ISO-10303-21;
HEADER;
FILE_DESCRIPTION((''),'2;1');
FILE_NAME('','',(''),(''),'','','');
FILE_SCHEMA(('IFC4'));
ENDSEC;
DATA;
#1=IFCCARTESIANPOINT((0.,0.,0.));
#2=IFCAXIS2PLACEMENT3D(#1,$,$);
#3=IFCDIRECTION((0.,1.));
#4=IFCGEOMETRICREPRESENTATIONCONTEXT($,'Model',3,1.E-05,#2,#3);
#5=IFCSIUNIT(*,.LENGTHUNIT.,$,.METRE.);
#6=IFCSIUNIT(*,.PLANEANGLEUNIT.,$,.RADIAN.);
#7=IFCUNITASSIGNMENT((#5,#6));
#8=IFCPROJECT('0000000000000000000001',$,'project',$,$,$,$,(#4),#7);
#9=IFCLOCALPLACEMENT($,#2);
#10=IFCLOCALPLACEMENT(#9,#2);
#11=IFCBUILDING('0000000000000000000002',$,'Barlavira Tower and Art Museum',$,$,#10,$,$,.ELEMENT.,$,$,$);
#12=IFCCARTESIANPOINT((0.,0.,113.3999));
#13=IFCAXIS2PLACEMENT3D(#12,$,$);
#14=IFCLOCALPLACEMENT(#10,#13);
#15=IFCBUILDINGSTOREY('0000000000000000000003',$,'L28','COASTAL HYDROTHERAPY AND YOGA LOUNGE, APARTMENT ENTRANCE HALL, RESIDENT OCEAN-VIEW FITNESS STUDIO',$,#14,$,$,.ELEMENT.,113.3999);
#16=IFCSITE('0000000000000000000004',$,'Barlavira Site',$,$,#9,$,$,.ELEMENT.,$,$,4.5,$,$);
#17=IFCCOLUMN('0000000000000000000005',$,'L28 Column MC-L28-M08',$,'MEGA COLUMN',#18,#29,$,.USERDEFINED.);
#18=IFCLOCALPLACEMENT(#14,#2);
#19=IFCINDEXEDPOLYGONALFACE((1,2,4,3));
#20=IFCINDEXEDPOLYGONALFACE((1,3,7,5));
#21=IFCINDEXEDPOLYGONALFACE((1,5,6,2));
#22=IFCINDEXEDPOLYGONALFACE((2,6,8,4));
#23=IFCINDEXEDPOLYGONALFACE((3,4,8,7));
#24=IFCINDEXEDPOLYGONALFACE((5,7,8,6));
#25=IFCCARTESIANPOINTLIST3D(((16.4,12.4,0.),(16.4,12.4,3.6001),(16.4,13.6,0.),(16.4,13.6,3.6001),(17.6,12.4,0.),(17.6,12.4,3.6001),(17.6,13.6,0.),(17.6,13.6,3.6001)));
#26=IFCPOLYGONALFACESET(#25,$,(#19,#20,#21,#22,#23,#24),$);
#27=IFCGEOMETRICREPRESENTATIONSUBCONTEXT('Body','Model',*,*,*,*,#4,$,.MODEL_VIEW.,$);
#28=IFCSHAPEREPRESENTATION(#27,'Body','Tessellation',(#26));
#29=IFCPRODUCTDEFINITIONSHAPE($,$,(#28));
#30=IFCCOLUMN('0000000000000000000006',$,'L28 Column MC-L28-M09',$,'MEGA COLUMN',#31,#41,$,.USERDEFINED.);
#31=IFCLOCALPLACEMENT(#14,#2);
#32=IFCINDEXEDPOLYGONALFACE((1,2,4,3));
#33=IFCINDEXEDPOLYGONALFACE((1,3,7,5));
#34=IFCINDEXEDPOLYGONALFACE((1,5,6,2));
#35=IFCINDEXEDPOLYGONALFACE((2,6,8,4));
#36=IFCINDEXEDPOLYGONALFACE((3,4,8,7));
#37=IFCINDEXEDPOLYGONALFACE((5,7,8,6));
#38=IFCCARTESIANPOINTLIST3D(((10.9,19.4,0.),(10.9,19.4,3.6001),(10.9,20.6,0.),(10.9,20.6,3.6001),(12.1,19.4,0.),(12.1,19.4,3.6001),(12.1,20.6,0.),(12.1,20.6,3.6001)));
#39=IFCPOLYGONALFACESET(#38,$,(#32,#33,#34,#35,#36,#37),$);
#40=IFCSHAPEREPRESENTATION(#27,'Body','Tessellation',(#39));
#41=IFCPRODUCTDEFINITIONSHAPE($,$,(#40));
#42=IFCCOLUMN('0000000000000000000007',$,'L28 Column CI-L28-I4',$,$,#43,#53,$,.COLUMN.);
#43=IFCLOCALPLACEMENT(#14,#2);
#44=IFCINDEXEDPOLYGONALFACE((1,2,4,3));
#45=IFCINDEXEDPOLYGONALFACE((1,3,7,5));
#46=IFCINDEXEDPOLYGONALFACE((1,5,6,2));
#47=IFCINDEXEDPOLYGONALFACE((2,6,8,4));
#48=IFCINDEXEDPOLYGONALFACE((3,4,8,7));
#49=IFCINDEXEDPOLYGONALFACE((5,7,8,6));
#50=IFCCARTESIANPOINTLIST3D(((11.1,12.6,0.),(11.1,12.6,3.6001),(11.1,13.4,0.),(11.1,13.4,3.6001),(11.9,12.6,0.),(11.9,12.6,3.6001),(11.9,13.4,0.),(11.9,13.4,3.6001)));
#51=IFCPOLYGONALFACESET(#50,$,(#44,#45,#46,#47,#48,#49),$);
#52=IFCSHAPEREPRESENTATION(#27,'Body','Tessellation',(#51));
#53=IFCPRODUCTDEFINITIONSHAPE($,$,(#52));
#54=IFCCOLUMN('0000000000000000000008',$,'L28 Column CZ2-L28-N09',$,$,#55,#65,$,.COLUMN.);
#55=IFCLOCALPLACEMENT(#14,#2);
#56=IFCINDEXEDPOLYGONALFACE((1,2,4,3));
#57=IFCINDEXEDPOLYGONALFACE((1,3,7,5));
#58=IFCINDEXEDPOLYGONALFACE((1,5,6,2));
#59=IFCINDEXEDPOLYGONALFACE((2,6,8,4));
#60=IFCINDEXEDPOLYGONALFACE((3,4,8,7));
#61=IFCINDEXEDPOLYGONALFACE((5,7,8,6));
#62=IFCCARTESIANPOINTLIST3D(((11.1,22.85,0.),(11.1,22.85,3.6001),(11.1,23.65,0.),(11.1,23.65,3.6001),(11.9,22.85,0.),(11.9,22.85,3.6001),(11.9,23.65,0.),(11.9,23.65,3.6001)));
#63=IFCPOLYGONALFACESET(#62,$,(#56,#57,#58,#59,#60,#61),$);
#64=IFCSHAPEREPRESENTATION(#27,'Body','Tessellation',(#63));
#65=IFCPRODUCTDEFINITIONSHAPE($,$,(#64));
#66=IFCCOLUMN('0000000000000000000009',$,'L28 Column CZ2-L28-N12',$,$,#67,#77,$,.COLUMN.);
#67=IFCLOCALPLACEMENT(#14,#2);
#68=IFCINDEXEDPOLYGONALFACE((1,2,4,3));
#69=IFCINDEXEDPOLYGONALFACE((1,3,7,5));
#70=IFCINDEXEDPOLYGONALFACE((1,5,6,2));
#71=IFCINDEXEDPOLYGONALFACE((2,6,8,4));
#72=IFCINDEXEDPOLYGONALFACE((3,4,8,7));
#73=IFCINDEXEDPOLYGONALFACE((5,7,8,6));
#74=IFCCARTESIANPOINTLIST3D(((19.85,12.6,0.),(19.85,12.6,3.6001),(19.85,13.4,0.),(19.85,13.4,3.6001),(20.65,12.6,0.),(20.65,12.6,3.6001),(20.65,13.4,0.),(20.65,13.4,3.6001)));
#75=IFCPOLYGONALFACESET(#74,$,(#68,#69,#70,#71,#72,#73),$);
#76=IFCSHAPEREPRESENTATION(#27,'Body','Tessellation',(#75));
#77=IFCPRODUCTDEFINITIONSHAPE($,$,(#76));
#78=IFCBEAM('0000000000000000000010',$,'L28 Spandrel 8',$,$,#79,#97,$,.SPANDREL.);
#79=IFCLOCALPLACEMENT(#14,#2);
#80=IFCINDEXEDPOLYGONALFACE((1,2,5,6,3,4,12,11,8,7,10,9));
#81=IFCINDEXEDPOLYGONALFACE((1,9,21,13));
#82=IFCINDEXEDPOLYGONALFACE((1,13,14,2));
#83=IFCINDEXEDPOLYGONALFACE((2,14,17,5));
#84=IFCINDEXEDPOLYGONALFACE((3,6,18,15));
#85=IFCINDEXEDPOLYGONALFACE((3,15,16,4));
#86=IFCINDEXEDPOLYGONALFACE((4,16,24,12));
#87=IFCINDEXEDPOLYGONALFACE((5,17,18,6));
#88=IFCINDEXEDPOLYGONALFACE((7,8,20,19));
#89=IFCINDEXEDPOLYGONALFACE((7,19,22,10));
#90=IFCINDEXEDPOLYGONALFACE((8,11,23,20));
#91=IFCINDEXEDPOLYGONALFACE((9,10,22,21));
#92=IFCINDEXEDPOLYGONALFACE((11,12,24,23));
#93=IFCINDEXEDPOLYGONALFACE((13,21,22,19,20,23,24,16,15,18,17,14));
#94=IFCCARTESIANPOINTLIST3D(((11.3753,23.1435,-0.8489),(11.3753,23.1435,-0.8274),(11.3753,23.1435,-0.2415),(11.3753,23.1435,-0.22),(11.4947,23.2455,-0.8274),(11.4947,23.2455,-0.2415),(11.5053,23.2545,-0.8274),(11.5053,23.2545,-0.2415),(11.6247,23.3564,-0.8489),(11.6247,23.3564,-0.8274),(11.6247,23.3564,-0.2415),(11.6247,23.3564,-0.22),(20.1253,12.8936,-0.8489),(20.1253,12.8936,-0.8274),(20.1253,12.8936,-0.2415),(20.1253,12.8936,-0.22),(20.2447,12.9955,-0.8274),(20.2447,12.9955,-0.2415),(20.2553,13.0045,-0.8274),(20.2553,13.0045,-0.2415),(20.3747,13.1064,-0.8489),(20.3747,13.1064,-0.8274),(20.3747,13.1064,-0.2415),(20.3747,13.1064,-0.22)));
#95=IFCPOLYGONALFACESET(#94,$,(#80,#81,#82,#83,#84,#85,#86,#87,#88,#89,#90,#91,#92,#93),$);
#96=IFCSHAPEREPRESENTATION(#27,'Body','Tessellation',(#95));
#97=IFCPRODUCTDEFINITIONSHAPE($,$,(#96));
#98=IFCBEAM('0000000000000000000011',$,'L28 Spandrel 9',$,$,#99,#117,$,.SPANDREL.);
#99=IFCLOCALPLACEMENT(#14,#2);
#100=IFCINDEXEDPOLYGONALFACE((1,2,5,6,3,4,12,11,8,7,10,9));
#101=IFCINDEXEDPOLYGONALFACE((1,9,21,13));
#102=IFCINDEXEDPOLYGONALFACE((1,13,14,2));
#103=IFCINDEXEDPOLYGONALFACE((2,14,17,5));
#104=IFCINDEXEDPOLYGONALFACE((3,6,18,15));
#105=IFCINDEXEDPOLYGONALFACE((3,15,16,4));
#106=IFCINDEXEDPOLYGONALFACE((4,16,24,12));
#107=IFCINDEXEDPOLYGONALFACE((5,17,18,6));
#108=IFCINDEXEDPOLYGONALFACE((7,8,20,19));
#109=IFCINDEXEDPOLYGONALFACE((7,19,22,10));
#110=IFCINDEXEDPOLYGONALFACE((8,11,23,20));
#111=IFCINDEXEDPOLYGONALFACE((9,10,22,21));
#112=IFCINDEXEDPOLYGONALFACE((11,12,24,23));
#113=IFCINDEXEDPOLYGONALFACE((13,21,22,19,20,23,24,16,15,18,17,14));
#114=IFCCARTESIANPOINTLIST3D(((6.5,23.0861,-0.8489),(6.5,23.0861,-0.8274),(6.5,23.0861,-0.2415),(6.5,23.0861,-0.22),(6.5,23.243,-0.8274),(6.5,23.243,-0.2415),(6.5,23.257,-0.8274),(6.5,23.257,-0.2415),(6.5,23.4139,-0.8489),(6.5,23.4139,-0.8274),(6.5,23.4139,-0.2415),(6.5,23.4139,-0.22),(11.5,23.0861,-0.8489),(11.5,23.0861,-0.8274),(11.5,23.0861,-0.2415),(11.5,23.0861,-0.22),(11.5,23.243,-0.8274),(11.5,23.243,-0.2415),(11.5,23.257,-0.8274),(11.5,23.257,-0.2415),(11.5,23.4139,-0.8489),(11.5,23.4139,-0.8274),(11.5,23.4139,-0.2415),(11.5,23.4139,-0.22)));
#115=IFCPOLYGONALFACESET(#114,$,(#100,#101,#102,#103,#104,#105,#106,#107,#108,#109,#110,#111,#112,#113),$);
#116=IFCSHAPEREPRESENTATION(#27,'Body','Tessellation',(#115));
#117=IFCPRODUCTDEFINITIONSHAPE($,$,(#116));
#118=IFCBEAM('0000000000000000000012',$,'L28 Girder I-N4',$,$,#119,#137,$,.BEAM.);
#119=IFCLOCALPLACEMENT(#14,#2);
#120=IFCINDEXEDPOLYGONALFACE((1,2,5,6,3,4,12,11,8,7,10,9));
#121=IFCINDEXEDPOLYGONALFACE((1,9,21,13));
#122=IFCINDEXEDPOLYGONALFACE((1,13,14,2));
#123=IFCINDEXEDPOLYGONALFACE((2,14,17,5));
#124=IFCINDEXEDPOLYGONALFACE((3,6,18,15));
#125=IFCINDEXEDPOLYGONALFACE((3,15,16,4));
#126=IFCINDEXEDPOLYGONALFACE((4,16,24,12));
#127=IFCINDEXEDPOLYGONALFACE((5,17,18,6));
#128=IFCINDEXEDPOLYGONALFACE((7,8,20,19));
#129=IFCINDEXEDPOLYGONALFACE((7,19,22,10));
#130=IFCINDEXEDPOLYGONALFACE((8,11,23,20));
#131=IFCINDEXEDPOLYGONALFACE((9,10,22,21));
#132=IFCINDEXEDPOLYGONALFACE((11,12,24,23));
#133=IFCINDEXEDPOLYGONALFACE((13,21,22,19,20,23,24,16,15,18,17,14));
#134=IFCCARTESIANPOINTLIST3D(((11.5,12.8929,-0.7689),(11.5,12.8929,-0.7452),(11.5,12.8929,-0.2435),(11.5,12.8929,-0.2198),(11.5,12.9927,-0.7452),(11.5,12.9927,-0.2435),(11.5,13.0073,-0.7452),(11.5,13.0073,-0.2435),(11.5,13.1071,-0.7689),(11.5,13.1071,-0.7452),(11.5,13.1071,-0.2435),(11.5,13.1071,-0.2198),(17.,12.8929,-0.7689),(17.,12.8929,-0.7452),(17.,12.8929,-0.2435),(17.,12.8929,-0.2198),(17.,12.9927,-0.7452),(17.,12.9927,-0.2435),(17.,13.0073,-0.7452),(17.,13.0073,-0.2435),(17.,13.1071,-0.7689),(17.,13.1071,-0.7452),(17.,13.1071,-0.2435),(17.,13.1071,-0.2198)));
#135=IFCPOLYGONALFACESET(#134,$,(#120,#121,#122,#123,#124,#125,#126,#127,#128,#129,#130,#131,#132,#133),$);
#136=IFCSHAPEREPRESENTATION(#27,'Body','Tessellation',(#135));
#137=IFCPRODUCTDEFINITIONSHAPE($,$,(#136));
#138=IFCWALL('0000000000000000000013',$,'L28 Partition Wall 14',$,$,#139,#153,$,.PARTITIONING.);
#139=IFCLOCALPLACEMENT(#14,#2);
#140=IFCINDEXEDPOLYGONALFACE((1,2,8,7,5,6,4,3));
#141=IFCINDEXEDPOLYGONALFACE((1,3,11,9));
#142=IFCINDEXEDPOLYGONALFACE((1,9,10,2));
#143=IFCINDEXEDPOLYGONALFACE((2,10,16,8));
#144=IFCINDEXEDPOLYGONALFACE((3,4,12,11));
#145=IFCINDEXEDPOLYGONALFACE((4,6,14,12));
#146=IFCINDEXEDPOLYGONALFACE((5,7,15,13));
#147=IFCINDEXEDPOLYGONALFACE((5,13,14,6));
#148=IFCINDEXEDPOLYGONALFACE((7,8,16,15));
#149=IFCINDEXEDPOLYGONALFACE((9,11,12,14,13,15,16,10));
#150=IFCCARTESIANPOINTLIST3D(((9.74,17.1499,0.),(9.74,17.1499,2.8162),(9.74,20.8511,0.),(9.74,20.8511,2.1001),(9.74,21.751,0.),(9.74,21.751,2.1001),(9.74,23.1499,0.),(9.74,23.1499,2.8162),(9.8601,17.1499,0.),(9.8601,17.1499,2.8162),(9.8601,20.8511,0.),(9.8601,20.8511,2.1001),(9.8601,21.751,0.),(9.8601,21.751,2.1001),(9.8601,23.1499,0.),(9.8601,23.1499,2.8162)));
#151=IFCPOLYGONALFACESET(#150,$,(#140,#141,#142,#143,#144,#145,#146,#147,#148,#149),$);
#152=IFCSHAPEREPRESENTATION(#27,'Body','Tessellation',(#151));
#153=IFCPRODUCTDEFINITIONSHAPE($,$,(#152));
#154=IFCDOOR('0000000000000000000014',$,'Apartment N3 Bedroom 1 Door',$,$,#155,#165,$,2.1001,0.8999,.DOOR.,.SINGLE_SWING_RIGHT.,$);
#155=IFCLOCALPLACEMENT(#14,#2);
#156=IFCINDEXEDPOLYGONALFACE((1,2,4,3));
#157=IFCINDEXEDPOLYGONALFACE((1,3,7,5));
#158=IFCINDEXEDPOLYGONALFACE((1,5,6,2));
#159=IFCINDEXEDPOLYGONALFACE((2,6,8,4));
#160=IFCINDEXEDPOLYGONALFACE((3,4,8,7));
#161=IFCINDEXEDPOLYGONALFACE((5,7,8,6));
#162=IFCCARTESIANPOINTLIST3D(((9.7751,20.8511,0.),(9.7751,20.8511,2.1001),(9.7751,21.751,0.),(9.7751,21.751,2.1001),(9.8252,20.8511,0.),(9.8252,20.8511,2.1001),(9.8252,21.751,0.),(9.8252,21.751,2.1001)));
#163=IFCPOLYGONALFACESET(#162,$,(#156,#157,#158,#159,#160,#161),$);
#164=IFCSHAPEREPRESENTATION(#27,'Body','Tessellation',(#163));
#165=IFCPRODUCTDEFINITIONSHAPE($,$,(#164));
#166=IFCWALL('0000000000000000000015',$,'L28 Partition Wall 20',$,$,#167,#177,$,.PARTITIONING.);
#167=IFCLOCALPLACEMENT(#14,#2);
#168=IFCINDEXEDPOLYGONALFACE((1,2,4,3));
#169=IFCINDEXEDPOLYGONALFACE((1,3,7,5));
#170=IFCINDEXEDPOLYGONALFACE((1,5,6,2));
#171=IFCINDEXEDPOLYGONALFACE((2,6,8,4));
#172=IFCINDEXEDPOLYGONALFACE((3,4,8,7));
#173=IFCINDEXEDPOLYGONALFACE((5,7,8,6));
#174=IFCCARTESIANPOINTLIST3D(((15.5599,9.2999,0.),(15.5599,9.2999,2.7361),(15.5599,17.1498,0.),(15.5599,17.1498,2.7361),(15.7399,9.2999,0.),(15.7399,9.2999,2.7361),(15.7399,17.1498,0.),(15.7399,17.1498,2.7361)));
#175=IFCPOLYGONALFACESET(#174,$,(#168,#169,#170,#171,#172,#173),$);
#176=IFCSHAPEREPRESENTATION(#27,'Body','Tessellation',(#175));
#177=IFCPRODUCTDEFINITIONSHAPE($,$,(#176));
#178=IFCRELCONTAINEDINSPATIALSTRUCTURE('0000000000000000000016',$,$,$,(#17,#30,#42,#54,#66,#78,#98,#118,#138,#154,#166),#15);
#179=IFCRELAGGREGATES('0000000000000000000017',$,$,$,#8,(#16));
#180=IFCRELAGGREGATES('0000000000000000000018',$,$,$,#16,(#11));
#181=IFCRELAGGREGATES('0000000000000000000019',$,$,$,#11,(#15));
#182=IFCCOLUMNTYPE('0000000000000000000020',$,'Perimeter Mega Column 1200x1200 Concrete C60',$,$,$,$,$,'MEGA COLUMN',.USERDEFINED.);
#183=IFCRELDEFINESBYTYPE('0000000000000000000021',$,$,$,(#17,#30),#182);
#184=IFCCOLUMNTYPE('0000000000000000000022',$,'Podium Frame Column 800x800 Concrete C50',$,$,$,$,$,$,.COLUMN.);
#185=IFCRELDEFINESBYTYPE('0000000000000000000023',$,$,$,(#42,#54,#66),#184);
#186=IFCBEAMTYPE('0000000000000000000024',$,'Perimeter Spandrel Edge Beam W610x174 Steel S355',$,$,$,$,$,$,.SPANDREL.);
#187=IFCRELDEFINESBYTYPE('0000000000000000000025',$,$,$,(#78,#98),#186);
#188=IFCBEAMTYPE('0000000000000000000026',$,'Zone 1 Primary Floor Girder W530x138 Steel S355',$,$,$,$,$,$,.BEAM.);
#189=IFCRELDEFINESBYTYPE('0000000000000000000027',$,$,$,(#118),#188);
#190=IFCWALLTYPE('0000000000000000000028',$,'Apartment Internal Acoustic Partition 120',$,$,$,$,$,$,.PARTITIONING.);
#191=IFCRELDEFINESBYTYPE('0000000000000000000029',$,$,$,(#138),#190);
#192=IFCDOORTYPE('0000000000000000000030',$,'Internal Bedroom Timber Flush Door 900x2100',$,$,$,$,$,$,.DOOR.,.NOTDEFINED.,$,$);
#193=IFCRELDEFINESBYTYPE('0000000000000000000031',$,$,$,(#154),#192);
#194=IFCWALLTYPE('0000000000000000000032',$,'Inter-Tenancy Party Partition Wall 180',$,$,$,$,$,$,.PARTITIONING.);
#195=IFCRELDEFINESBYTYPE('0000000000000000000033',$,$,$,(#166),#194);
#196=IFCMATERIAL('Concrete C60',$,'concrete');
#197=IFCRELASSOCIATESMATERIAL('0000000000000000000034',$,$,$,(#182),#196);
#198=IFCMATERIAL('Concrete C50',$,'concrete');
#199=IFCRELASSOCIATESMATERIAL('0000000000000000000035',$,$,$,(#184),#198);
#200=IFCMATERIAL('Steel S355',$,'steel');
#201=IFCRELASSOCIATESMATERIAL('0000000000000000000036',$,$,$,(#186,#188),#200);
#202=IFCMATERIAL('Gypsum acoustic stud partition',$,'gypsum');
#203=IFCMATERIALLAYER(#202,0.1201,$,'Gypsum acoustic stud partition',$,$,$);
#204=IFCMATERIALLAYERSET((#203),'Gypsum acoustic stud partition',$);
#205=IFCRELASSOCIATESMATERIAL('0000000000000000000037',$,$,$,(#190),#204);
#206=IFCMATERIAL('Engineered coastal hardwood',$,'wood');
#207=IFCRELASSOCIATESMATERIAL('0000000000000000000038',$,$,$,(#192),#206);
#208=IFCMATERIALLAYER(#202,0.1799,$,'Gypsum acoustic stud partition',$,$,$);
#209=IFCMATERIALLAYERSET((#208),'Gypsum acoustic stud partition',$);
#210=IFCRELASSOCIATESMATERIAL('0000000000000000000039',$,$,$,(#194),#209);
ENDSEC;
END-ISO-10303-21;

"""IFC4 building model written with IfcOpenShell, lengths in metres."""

from ifc_helpers import new_model, si_unit, direction, frame, frame_2d, origin, origin_2d, place, context, subcontext, project, spatial, rectangle, i_section, extrude, material, layer, layer_set, material_profile, profile_set, type_object, element, fill, save


model = new_model("IFC4")

# Units and contexts
model_context = context("Model", 3, precision=1e-05, world=origin(), true_north=direction((0.0, 1.0)))
body_context = subcontext(model_context, "Body", "Model", "MODEL_VIEW")
ifc_project = project(units=[si_unit("LENGTHUNIT", "METRE"), si_unit("PLANEANGLEUNIT", "RADIAN")], contexts=[model_context])

# Site, building, storey
site_placement = place(None, origin())
site = spatial("IfcSite", under=ifc_project, at=site_placement, Name="Barlavira Site", CompositionType="ELEMENT", RefElevation=4.5)
building_placement = place(site_placement, origin())
building = spatial("IfcBuilding", under=site, at=building_placement, Name="Barlavira Tower and Art Museum", CompositionType="ELEMENT")
storey_placement = place(building_placement, frame((0.0, 0.0, 113.3999)))
storey = spatial("IfcBuildingStorey", under=building, at=storey_placement, Name="L28", Description="COASTAL HYDROTHERAPY AND YOGA LOUNGE, APARTMENT ENTRANCE HALL, RESIDENT OCEAN-VIEW FITNESS STUDIO", CompositionType="ELEMENT", Elevation=113.3999)

# Columns
ifc_material_1 = material(Name="Concrete C60", Category="concrete")
ifc_material_profile_1 = material_profile(ifc_material_1, rectangle(XDim=1.2, YDim=1.2, at=origin_2d()), Name="RC-COL 1200x1200")
ifc_profile_set_1 = profile_set([ifc_material_profile_1], Name="Concrete C60")
column_type_1 = type_object("IfcColumnType", Name="Perimeter Mega Column 1200x1200 Concrete C60", ElementType="MEGA COLUMN", PredefinedType="USERDEFINED", material=ifc_profile_set_1)
for number, where, z_axis, x_axis, name in (
    (1, (17.0, 13.0, 0.0), (0.0, 0.0, 1.0), (1.0, 0.0, 0.0), "L28 Column MC-L28-M08"),
    (2, (11.5, 20.0, 0.0), (0.0, 0.0, 1.0), (1.0, 0.0, 0.0), "L28 Column MC-L28-M09"),
):
    element("IfcColumn", number, at=place(storey_placement, frame(where, z_axis=z_axis, x_axis=x_axis)), inside=storey, type_object=column_type_1, Name=name, ObjectType="MEGA COLUMN", PredefinedType="USERDEFINED", context=body_context, shape_type="SweptSolid", body=[
        extrude(rectangle(XDim=1.2, YDim=1.2, at=origin_2d()), origin(), (0.0, 0.0, 1.0), 3.6001),
    ])
ifc_material_2 = material(Name="Concrete C50", Category="concrete")
ifc_material_profile_2 = material_profile(ifc_material_2, rectangle(XDim=0.8, YDim=0.8, at=origin_2d()), Name="RC-COL 800x800")
ifc_profile_set_2 = profile_set([ifc_material_profile_2], Name="Concrete C50")
column_type_2 = type_object("IfcColumnType", Name="Podium Frame Column 800x800 Concrete C50", PredefinedType="COLUMN", material=ifc_profile_set_2)
for number, where, z_axis, x_axis, name in (
    (3, (11.5, 13.0, 0.0), (0.0, 0.0, 1.0), (1.0, 0.0, 0.0), "L28 Column CI-L28-I4"),
    (4, (11.5, 23.25, 0.0), (0.0, 0.0, 1.0), (1.0, 0.0, 0.0), "L28 Column CZ2-L28-N09"),
    (5, (20.25, 13.0, 0.0), (0.0, 0.0, 1.0), (1.0, 0.0, 0.0), "L28 Column CZ2-L28-N12"),
):
    element("IfcColumn", number, at=place(storey_placement, frame(where, z_axis=z_axis, x_axis=x_axis)), inside=storey, type_object=column_type_2, Name=name, PredefinedType="COLUMN", context=body_context, shape_type="SweptSolid", body=[
        extrude(rectangle(XDim=0.8, YDim=0.8, at=origin_2d()), origin(), (0.0, 0.0, 1.0), 3.6001),
    ])

# Beams
ifc_material_3 = material(Name="Steel S355", Category="steel")
ifc_material_profile_3 = material_profile(ifc_material_3, i_section(OverallWidth=0.3279, OverallDepth=0.6289, WebThickness=0.0139, FlangeThickness=0.0215, at=origin_2d()), Name="W610x174.0")
ifc_profile_set_3 = profile_set([ifc_material_profile_3], Name="Steel S355")
beam_type_1 = type_object("IfcBeamType", Name="Perimeter Spandrel Edge Beam W610x174 Steel S355", PredefinedType="SPANDREL", material=ifc_profile_set_3)
beam_1_placement = place(storey_placement, frame((20.25, 13.0, -0.5344), z_axis=(-0.649262, 0.760565, 0.0), x_axis=(-0.760565, -0.649262, 0.0)))
element("IfcBeam", 6, at=beam_1_placement, inside=storey, type_object=beam_type_1, Name="L28 Spandrel 8", PredefinedType="SPANDREL", context=body_context, shape_type="SweptSolid", body=[
    extrude(i_section(OverallWidth=0.3279, OverallDepth=0.6289, WebThickness=0.0139, FlangeThickness=0.0215, at=origin_2d()), origin(), (0.0, 0.0, 1.0), 13.4768),
])
beam_2_placement = place(storey_placement, frame((6.5, 23.25, -0.5344), z_axis=(1.0, 0.0, 0.0), x_axis=(0.0, 1.0, 0.0)))
element("IfcBeam", 7, at=beam_2_placement, inside=storey, type_object=beam_type_1, Name="L28 Spandrel 9", PredefinedType="SPANDREL", context=body_context, shape_type="SweptSolid", body=[
    extrude(i_section(OverallWidth=0.3279, OverallDepth=0.6289, WebThickness=0.0139, FlangeThickness=0.0215, at=origin_2d()), origin(), (0.0, 0.0, 1.0), 5.0),
])
ifc_material_profile_4 = material_profile(ifc_material_3, i_section(OverallWidth=0.2141, OverallDepth=0.5491, WebThickness=0.0146, FlangeThickness=0.0237, at=origin_2d()), Name="W530x138.0")
ifc_profile_set_4 = profile_set([ifc_material_profile_4], Name="Steel S355")
beam_type_2 = type_object("IfcBeamType", Name="Zone 1 Primary Floor Girder W530x138 Steel S355", PredefinedType="BEAM", material=ifc_profile_set_4)
beam_3_placement = place(storey_placement, frame((11.5, 13.0, -0.4944), z_axis=(1.0, 0.0, 0.0), x_axis=(0.0, 1.0, 0.0)))
element("IfcBeam", 8, at=beam_3_placement, inside=storey, type_object=beam_type_2, Name="L28 Girder I-N4", PredefinedType="BEAM", context=body_context, shape_type="SweptSolid", body=[
    extrude(i_section(OverallWidth=0.2141, OverallDepth=0.5491, WebThickness=0.0146, FlangeThickness=0.0237, at=origin_2d()), origin(), (0.0, 0.0, 1.0), 5.5),
])

# Wall, opening, door
ifc_material_4 = material(Name="Gypsum acoustic stud partition", Category="gypsum")
ifc_layer_1 = layer(ifc_material_4, 0.1201, Name="Gypsum acoustic stud partition")
ifc_layer_set_1 = layer_set([ifc_layer_1], Name="Gypsum acoustic stud partition")
wall_type_1 = type_object("IfcWallType", Name="Apartment Internal Acoustic Partition 120", PredefinedType="PARTITIONING", material=ifc_layer_set_1)
wall_1_placement = place(storey_placement, frame((9.8, 17.1499, 0.0), z_axis=(0.0, 0.0, 1.0), x_axis=(0.0, 1.0, 0.0)))
wall_1 = element("IfcWall", 9, at=wall_1_placement, inside=storey, type_object=wall_type_1, Name="L28 Partition Wall 14", PredefinedType="PARTITIONING", context=body_context, shape_type="SweptSolid", body=[
    extrude(rectangle(XDim=6.0, YDim=0.1201, at=frame_2d((3.0, 0.0))), origin(), (0.0, 0.0, 1.0), 2.8162),
])
opening_1_placement = place(wall_1_placement, frame((3.7012, 0.0, 0.0)))
opening_1 = element("IfcOpeningElement", 10, at=opening_1_placement, cuts=wall_1, PredefinedType="OPENING", context=body_context, shape_type="SweptSolid", body=[
    extrude(rectangle(XDim=0.8999, YDim=2.1001, at=frame_2d((0.45, 1.05))), frame((0.0, 0.0701, 0.0), z_axis=(0.0, -1.0, 0.0), x_axis=(1.0, 0.0, 0.0)), (0.0, 0.0, 1.0), 0.1401),
])
ifc_material_5 = material(Name="Engineered coastal hardwood", Category="wood")
door_type = type_object("IfcDoorType", Name="Internal Bedroom Timber Flush Door 900x2100", OperationType="NOTDEFINED", PredefinedType="DOOR", material=ifc_material_5)
door_placement = place(opening_1_placement, origin())
door = element("IfcDoor", 11, at=door_placement, inside=storey, type_object=door_type, Name="Apartment N3 Bedroom 1 Door", OperationType="SINGLE_SWING_RIGHT", OverallHeight=2.1001, OverallWidth=0.8999, PredefinedType="DOOR", context=body_context, shape_type="SweptSolid", body=[
    extrude(rectangle(XDim=0.8999, YDim=2.1001, at=frame_2d((0.45, 1.05))), frame((0.0, 0.0249, 0.0), z_axis=(0.0, -1.0, 0.0), x_axis=(1.0, 0.0, 0.0)), (0.0, 0.0, 1.0), 0.05),
])
fill(opening_1, door)

# Wall
ifc_layer_2 = layer(ifc_material_4, 0.1799, Name="Gypsum acoustic stud partition")
ifc_layer_set_2 = layer_set([ifc_layer_2], Name="Gypsum acoustic stud partition")
wall_type_2 = type_object("IfcWallType", Name="Inter-Tenancy Party Partition Wall 180", PredefinedType="PARTITIONING", material=ifc_layer_set_2)
wall_2_placement = place(storey_placement, frame((15.6499, 9.3, 0.0), z_axis=(0.0, 0.0, 1.0), x_axis=(0.0, 1.0, 0.0)))
element("IfcWall", 12, at=wall_2_placement, inside=storey, type_object=wall_type_2, Name="L28 Partition Wall 20", PredefinedType="PARTITIONING", context=body_context, shape_type="SweptSolid", body=[
    extrude(rectangle(XDim=7.8499, YDim=0.1799, at=frame_2d((3.9248, 0.0))), origin(), (0.0, 0.0, 1.0), 2.7361),
])

save(model, "model.ifc")
